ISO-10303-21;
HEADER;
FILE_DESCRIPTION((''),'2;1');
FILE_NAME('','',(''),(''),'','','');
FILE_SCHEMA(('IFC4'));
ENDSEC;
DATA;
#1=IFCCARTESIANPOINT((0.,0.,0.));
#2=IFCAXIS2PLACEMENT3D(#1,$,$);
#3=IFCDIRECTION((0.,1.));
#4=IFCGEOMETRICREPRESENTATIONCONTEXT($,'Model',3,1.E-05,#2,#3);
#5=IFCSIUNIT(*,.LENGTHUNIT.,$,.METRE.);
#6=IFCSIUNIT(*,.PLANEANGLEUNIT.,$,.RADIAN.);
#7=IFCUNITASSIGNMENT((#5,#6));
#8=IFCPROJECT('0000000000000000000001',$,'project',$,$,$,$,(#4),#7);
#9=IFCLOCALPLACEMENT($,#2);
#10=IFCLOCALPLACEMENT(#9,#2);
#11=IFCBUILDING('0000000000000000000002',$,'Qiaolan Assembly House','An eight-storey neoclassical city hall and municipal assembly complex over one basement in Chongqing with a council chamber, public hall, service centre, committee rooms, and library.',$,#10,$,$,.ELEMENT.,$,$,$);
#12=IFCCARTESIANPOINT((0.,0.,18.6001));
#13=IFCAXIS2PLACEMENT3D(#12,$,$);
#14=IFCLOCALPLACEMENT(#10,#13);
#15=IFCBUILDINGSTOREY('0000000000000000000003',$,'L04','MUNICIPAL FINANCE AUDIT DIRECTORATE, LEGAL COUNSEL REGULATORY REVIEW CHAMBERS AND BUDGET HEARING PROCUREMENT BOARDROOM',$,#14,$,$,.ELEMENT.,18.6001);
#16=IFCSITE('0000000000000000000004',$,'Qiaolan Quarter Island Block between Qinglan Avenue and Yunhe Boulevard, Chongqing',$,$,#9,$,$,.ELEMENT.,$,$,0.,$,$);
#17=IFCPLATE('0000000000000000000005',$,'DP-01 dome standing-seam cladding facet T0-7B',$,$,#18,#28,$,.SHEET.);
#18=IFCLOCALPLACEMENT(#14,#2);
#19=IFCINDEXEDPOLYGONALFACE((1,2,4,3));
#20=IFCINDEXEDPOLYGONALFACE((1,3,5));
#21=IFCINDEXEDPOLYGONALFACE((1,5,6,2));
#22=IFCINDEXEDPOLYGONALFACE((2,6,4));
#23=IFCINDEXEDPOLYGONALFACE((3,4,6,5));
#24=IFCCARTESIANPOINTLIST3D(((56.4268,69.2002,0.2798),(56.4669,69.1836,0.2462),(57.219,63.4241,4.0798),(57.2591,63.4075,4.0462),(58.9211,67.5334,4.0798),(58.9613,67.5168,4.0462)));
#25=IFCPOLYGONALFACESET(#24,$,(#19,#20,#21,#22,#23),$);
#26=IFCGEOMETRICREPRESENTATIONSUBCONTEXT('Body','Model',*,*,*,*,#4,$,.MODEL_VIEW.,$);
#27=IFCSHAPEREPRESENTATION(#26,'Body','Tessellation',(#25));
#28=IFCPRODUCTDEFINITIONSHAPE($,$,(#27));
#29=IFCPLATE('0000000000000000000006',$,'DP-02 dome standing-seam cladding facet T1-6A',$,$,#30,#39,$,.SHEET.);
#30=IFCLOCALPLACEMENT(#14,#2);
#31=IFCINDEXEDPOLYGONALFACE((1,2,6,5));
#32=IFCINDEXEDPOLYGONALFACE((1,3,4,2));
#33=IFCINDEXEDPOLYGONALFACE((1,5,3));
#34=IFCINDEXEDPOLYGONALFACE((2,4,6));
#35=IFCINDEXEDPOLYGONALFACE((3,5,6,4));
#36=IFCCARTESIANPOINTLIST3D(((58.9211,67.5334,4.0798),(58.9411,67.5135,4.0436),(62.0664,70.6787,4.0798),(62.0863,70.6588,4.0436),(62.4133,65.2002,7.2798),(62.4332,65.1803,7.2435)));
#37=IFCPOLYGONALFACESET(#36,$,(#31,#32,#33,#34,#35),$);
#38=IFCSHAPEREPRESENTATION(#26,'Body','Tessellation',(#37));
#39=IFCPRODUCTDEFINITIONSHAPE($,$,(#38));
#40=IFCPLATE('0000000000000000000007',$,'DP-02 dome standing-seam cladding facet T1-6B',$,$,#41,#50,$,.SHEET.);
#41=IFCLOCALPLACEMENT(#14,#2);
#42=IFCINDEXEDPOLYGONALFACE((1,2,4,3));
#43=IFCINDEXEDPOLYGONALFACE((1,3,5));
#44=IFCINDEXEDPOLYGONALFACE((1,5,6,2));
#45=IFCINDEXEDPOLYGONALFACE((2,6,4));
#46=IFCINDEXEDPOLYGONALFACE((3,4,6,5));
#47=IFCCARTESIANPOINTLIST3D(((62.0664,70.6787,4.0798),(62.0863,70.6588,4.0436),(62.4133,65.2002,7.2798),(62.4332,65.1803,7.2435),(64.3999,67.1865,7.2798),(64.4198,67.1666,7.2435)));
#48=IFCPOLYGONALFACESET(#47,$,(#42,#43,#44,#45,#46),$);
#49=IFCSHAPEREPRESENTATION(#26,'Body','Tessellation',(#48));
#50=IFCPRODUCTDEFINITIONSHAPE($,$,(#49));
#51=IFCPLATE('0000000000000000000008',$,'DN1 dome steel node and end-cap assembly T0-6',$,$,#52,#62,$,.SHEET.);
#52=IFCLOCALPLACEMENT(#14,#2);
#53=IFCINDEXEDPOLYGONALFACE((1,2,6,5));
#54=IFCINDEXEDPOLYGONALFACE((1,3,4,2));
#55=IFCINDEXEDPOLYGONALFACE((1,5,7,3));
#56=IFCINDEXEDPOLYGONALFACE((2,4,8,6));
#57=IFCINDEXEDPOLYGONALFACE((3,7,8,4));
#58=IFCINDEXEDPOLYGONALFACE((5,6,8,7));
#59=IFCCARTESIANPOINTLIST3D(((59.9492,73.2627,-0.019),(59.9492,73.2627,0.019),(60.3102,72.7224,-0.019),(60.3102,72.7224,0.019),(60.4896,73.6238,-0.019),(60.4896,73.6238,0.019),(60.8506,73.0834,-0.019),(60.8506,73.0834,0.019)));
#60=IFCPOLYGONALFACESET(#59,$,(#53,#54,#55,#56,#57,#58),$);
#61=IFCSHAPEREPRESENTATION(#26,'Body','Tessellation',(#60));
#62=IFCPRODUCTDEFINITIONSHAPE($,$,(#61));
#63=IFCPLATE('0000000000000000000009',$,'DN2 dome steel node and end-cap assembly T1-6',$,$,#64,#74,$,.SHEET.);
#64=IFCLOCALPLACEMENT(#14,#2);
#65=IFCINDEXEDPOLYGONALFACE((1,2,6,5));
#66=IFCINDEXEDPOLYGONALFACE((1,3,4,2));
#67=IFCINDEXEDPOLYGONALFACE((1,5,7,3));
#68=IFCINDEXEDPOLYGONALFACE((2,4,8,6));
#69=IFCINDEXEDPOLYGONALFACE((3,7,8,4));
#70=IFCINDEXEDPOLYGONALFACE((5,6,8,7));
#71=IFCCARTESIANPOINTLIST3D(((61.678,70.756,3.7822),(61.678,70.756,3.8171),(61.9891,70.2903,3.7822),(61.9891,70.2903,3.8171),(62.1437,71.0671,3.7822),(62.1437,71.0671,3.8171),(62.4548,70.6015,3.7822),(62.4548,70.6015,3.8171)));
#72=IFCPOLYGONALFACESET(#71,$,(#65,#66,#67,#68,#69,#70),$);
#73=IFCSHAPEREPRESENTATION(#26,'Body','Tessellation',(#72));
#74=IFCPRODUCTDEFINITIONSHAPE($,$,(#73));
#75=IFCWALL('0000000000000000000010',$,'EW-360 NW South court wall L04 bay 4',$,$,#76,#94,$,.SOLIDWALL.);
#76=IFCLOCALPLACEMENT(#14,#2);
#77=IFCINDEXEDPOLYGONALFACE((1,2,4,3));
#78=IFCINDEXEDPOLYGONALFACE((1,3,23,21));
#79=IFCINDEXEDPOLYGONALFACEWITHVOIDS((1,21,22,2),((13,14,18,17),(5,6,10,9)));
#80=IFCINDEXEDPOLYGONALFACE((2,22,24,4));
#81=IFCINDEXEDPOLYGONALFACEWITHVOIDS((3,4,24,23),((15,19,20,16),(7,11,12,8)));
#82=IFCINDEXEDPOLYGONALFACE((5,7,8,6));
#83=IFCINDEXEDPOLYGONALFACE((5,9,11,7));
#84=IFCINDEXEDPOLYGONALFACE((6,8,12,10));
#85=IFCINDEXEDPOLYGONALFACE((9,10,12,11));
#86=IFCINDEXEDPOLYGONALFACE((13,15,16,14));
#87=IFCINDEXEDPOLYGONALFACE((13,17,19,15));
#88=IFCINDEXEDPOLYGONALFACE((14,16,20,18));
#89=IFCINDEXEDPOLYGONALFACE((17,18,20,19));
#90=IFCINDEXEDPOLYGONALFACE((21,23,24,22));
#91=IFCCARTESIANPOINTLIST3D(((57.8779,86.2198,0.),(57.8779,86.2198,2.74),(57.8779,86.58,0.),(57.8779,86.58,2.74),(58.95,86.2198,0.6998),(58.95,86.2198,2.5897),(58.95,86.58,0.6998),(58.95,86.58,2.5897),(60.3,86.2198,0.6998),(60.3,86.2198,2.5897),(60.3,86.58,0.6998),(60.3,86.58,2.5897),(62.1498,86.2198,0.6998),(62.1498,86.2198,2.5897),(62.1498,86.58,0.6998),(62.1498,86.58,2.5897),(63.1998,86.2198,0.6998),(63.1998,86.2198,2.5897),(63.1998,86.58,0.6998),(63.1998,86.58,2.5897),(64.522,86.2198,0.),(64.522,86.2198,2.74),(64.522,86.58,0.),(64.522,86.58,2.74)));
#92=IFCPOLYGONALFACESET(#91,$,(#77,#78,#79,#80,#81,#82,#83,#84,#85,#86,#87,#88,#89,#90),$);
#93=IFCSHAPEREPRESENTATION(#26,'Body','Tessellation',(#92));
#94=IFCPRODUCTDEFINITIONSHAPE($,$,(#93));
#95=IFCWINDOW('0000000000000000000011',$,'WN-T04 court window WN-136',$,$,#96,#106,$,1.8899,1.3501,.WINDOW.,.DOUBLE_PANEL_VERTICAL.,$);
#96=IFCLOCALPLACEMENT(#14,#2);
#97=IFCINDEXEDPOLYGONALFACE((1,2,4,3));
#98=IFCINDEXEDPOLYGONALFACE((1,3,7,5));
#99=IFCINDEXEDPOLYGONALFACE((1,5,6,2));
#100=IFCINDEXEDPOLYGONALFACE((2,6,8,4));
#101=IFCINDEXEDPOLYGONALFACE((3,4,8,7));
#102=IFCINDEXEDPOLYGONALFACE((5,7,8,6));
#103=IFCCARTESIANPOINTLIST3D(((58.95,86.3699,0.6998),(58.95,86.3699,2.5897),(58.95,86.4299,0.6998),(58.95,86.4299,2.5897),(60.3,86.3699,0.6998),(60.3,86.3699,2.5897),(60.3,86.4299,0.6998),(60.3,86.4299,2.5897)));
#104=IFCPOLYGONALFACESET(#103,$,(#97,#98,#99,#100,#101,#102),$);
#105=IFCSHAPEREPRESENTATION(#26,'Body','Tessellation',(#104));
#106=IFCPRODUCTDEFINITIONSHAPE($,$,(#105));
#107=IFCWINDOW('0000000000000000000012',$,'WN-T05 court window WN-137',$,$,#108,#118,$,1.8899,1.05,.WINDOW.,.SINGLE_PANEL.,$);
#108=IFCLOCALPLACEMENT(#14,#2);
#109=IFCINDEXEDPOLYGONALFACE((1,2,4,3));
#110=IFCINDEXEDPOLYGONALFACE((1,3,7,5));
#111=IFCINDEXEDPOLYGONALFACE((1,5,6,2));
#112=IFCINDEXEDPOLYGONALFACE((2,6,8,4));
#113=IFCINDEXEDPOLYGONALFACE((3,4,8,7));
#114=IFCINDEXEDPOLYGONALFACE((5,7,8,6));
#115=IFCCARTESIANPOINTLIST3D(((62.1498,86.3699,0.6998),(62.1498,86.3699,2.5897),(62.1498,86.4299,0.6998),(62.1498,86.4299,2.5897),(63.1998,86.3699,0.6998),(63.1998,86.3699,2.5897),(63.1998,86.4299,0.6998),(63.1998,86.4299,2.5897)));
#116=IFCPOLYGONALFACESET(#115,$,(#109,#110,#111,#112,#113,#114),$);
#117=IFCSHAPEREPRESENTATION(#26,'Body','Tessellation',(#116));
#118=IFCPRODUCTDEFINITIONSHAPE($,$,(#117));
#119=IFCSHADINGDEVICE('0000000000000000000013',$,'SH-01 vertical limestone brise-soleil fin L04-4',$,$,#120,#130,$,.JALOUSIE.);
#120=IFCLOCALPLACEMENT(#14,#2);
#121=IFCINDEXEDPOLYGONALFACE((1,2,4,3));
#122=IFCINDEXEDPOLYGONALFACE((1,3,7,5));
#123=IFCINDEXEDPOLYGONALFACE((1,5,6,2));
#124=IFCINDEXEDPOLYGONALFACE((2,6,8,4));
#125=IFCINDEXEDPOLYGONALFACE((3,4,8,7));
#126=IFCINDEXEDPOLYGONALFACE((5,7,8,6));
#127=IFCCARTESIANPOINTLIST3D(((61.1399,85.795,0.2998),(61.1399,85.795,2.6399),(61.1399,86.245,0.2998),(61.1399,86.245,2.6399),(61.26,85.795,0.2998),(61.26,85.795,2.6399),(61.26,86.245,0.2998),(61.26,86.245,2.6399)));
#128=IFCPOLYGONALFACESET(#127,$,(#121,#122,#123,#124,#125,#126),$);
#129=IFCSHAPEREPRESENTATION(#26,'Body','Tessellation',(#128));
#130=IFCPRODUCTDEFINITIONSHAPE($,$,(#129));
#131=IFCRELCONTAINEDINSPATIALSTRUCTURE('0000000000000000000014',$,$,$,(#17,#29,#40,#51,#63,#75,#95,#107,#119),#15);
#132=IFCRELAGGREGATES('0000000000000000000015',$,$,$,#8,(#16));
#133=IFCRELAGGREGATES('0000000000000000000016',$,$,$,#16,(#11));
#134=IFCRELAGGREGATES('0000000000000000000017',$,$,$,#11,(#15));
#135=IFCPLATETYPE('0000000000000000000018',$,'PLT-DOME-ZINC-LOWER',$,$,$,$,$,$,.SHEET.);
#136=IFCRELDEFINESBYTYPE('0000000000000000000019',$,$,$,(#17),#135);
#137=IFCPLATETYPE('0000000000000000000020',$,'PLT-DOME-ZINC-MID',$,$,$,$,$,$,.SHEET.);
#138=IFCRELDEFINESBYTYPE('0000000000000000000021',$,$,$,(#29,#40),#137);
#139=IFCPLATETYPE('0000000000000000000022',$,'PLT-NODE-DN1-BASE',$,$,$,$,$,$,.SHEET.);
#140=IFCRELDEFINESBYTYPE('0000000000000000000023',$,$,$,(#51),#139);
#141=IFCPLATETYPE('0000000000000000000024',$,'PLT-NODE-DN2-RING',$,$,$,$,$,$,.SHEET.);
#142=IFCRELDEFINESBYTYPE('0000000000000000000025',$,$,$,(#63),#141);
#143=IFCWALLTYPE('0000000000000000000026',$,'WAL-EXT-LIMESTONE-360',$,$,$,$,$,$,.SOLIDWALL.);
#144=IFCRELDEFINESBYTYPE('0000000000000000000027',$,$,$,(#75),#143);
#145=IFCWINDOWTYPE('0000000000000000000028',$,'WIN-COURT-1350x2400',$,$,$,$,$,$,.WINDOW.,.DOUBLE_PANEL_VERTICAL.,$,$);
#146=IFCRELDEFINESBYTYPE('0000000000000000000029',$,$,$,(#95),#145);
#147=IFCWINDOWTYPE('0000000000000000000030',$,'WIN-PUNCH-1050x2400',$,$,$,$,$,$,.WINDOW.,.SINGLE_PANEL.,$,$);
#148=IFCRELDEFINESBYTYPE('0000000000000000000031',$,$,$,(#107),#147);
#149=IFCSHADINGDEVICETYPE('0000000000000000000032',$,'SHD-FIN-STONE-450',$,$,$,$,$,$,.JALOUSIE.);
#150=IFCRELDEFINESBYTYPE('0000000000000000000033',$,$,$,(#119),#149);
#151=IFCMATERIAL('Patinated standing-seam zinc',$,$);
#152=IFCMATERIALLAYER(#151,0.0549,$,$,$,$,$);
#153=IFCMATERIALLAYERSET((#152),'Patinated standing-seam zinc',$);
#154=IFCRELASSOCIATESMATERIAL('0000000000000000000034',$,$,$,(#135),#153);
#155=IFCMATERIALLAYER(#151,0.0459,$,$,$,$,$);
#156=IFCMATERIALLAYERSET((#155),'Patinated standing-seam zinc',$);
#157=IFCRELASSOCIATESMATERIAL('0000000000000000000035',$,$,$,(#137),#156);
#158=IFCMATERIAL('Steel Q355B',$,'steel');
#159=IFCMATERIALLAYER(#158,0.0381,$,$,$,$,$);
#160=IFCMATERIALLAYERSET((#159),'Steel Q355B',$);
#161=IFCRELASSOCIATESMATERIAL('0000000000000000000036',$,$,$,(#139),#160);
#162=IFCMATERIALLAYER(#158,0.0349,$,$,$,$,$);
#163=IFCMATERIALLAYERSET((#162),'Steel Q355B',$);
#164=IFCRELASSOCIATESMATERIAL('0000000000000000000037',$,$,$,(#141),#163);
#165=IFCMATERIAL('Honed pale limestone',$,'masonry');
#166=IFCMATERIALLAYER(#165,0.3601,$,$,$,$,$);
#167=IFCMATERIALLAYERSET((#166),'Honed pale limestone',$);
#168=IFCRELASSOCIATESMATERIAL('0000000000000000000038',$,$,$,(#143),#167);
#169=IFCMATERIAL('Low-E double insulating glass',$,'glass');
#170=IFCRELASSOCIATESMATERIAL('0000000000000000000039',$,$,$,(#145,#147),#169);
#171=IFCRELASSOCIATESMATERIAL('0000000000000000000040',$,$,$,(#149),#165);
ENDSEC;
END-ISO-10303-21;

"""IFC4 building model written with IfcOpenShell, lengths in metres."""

from ifc_helpers import new_model, si_unit, direction, frame, frame_2d, origin, origin_2d, place, context, subcontext, project, spatial, polyline, rectangle, outline, extrude, material, layer, layer_set, material_profile, profile_set, type_object, element, fill, save


model = new_model("IFC4")

# Units and contexts
model_context = context("Model", 3, precision=1e-05, world=origin(), true_north=direction((0.0, 1.0)))
body_context = subcontext(model_context, "Body", "Model", "MODEL_VIEW")
ifc_project = project(units=[si_unit("LENGTHUNIT", "METRE"), si_unit("PLANEANGLEUNIT", "RADIAN")], contexts=[model_context])

# Site, building, storey
site_placement = place(None, origin())
site = spatial("IfcSite", under=ifc_project, at=site_placement, Name="Qiaolan Quarter Island Block between Qinglan Avenue and Yunhe Boulevard, Chongqing", CompositionType="ELEMENT", RefElevation=0.0)
building_placement = place(site_placement, origin())
building = spatial("IfcBuilding", under=site, at=building_placement, Name="Qiaolan Assembly House", Description="An eight-storey neoclassical city hall and municipal assembly complex over one basement in Chongqing with a council chamber, public hall, service centre, committee rooms, and library.", CompositionType="ELEMENT")
storey_placement = place(building_placement, frame((0.0, 0.0, 18.6001)))
storey = spatial("IfcBuildingStorey", under=building, at=storey_placement, Name="L04", Description="MUNICIPAL FINANCE AUDIT DIRECTORATE, LEGAL COUNSEL REGULATORY REVIEW CHAMBERS AND BUDGET HEARING PROCUREMENT BOARDROOM", CompositionType="ELEMENT", Elevation=18.6001)

# Shared definitions
ifc_material_1 = material(Name="Steel Q355B", Category="steel")

# Plates
ifc_material_2 = material(Name="Patinated standing-seam zinc")
ifc_layer_1 = layer(ifc_material_2, 0.0549)
ifc_layer_set_1 = layer_set([ifc_layer_1], Name="Patinated standing-seam zinc")
plate_type_1 = type_object("IfcPlateType", Name="PLT-DOME-ZINC-LOWER", PredefinedType="SHEET", material=ifc_layer_set_1)
plate_1_placement = place(storey_placement, frame((56.4268, 69.2002, 0.2798), z_axis=(-0.730499, 0.302581, 0.612222), x_axis=(0.113839, -0.829988, 0.54604)))
element("IfcPlate", 1, at=plate_1_placement, inside=storey, type_object=plate_type_1, Name="DP-01 dome standing-seam cladding facet T0-7B", PredefinedType="SHEET", context=body_context, shape_type="SweptSolid", body=[
    extrude(outline(polyline([(0.0, 0.0), (6.9593, 0.0), (3.7423, 3.0717), (0.0, 0.0)])), origin(), (0.0, 0.0, -1.0), 0.0549),
])
ifc_layer_2 = layer(ifc_material_2, 0.0459)
ifc_layer_set_2 = layer_set([ifc_layer_2], Name="Patinated standing-seam zinc")
plate_type_2 = type_object("IfcPlateType", Name="PLT-DOME-ZINC-MID", PredefinedType="SHEET", material=ifc_layer_set_2)
plate_2_placement = place(storey_placement, frame((62.0664, 70.6787, 4.0798), z_axis=(-0.433794, 0.433794, 0.789712), x_axis=(-0.707107, -0.707107, 0.0)))
element("IfcPlate", 2, at=plate_2_placement, inside=storey, type_object=plate_type_2, Name="DP-02 dome standing-seam cladding facet T1-6A", PredefinedType="SHEET", context=body_context, shape_type="SweptSolid", body=[
    extrude(outline(polyline([(0.0, 0.0), (4.4481, 0.0), (3.6286, 5.2161), (0.0, 0.0)])), origin(), (0.0, 0.0, -1.0), 0.0459),
])
plate_3_placement = place(storey_placement, frame((62.0664, 70.6787, 4.0798), z_axis=(-0.433753, 0.433806, 0.789728), x_axis=(0.054599, -0.862206, 0.503607)))
element("IfcPlate", 3, at=plate_3_placement, inside=storey, type_object=plate_type_2, Name="DP-02 dome standing-seam cladding facet T1-6B", PredefinedType="SHEET", context=body_context, shape_type="SweptSolid", body=[
    extrude(outline(polyline([(0.0, 0.0), (6.3541, 0.0), (4.7499, 2.3062), (0.0, 0.0)])), origin(), (0.0, 0.0, -1.0), 0.0459),
])
ifc_layer_3 = layer(ifc_material_1, 0.0381)
ifc_layer_set_3 = layer_set([ifc_layer_3], Name="Steel Q355B")
plate_type_3 = type_object("IfcPlateType", Name="PLT-NODE-DN1-BASE", PredefinedType="SHEET", material=ifc_layer_set_3)
plate_4_placement = place(storey_placement, frame((60.3999, 73.1731, -0.019), z_axis=(0.0, 0.0, 1.0), x_axis=(-0.55557, 0.83147, 0.0)))
element("IfcPlate", 4, at=plate_4_placement, inside=storey, type_object=plate_type_3, Name="DN1 dome steel node and end-cap assembly T0-6", PredefinedType="SHEET", context=body_context, shape_type="SweptSolid", body=[
    extrude(rectangle(XDim=0.6499, YDim=0.6499, at=origin_2d()), origin(), (0.0, 0.0, 1.0), 0.0381),
])
ifc_layer_4 = layer(ifc_material_1, 0.0349)
ifc_layer_set_4 = layer_set([ifc_layer_4], Name="Steel Q355B")
plate_type_4 = type_object("IfcPlateType", Name="PLT-NODE-DN2-RING", PredefinedType="SHEET", material=ifc_layer_set_4)
plate_5_placement = place(storey_placement, frame((62.0664, 70.6787, 3.7822), z_axis=(0.0, 0.0, 1.0), x_axis=(-0.55557, 0.83147, 0.0)))
element("IfcPlate", 5, at=plate_5_placement, inside=storey, type_object=plate_type_4, Name="DN2 dome steel node and end-cap assembly T1-6", PredefinedType="SHEET", context=body_context, shape_type="SweptSolid", body=[
    extrude(rectangle(XDim=0.5601, YDim=0.5601, at=origin_2d()), origin(), (0.0, 0.0, 1.0), 0.0349),
])

# Wall, openings, windows
ifc_material_3 = material(Name="Honed pale limestone", Category="masonry")
ifc_layer_5 = layer(ifc_material_3, 0.3601)
ifc_layer_set_5 = layer_set([ifc_layer_5], Name="Honed pale limestone")
wall_type = type_object("IfcWallType", Name="WAL-EXT-LIMESTONE-360", PredefinedType="SOLIDWALL", material=ifc_layer_set_5)
wall_placement = place(storey_placement, frame((57.8779, 86.3999, 0.0), z_axis=(0.0, 0.0, 1.0), x_axis=(1.0, 0.0, 0.0)))
wall = element("IfcWall", 6, at=wall_placement, inside=storey, type_object=wall_type, Name="EW-360 NW South court wall L04 bay 4", PredefinedType="SOLIDWALL", context=body_context, shape_type="SweptSolid", body=[
    extrude(rectangle(XDim=6.644, YDim=0.3601, at=frame_2d((3.322, 0.0))), origin(), (0.0, 0.0, 1.0), 2.74),
])
opening_1_placement = place(wall_placement, frame((1.072, 0.0, 0.7)))
opening_1 = element("IfcOpeningElement", 7, at=opening_1_placement, cuts=wall, PredefinedType="OPENING", context=body_context, shape_type="SweptSolid", body=[
    extrude(rectangle(XDim=1.3501, YDim=1.8899, at=frame_2d((0.675, 0.9448))), frame((0.0, 0.1899, 0.0), z_axis=(0.0, -1.0, 0.0), x_axis=(1.0, 0.0, 0.0)), (0.0, 0.0, 1.0), 0.3801),
])
opening_2_placement = place(wall_placement, frame((4.272, 0.0, 0.7)))
opening_2 = element("IfcOpeningElement", 8, at=opening_2_placement, cuts=wall, PredefinedType="OPENING", context=body_context, shape_type="SweptSolid", body=[
    extrude(rectangle(XDim=1.05, YDim=1.8899, at=frame_2d((0.5249, 0.9448))), frame((0.0, 0.1899, 0.0), z_axis=(0.0, -1.0, 0.0), x_axis=(1.0, 0.0, 0.0)), (0.0, 0.0, 1.0), 0.3801),
])
ifc_material_4 = material(Name="Low-E double insulating glass", Category="glass")
window_type_1 = type_object("IfcWindowType", Name="WIN-COURT-1350x2400", PartitioningType="DOUBLE_PANEL_VERTICAL", PredefinedType="WINDOW", material=ifc_material_4)
window_1_placement = place(opening_1_placement, origin())
window_1 = element("IfcWindow", 9, at=window_1_placement, inside=storey, type_object=window_type_1, Name="WN-T04 court window WN-136", OverallHeight=1.8899, OverallWidth=1.3501, PartitioningType="DOUBLE_PANEL_VERTICAL", PredefinedType="WINDOW", context=body_context, shape_type="SweptSolid", body=[
    extrude(rectangle(XDim=1.3501, YDim=1.8899, at=frame_2d((0.675, 0.9448))), frame((0.0, 0.03, 0.0), z_axis=(0.0, -1.0, 0.0), x_axis=(1.0, 0.0, 0.0)), (0.0, 0.0, 1.0), 0.0601),
])
fill(opening_1, window_1)
window_type_2 = type_object("IfcWindowType", Name="WIN-PUNCH-1050x2400", PartitioningType="SINGLE_PANEL", PredefinedType="WINDOW", material=ifc_material_4)
window_2_placement = place(opening_2_placement, origin())
window_2 = element("IfcWindow", 10, at=window_2_placement, inside=storey, type_object=window_type_2, Name="WN-T05 court window WN-137", OverallHeight=1.8899, OverallWidth=1.05, PartitioningType="SINGLE_PANEL", PredefinedType="WINDOW", context=body_context, shape_type="SweptSolid", body=[
    extrude(rectangle(XDim=1.05, YDim=1.8899, at=frame_2d((0.5249, 0.9448))), frame((0.0, 0.03, 0.0), z_axis=(0.0, -1.0, 0.0), x_axis=(1.0, 0.0, 0.0)), (0.0, 0.0, 1.0), 0.0601),
])
fill(opening_2, window_2)

# Shading device
ifc_material_profile_1 = material_profile(ifc_material_3, rectangle(XDim=0.1201, YDim=0.45, at=origin_2d()), Name="FIN 120x450")
ifc_profile_set_1 = profile_set([ifc_material_profile_1], Name="Honed pale limestone")
shading_device_type = type_object("IfcShadingDeviceType", Name="SHD-FIN-STONE-450", PredefinedType="JALOUSIE", material=ifc_profile_set_1)
shading_device_placement = place(storey_placement, frame((61.2, 86.02, 0.2998), z_axis=(0.0, 0.0, 1.0), x_axis=(1.0, 0.0, 0.0)))
element("IfcShadingDevice", 11, at=shading_device_placement, inside=storey, type_object=shading_device_type, Name="SH-01 vertical limestone brise-soleil fin L04-4", PredefinedType="JALOUSIE", context=body_context, shape_type="SweptSolid", body=[
    extrude(rectangle(XDim=0.1201, YDim=0.45, at=origin_2d()), origin(), (0.0, 0.0, 1.0), 2.3401),
])

save(model, "model.ifc")
